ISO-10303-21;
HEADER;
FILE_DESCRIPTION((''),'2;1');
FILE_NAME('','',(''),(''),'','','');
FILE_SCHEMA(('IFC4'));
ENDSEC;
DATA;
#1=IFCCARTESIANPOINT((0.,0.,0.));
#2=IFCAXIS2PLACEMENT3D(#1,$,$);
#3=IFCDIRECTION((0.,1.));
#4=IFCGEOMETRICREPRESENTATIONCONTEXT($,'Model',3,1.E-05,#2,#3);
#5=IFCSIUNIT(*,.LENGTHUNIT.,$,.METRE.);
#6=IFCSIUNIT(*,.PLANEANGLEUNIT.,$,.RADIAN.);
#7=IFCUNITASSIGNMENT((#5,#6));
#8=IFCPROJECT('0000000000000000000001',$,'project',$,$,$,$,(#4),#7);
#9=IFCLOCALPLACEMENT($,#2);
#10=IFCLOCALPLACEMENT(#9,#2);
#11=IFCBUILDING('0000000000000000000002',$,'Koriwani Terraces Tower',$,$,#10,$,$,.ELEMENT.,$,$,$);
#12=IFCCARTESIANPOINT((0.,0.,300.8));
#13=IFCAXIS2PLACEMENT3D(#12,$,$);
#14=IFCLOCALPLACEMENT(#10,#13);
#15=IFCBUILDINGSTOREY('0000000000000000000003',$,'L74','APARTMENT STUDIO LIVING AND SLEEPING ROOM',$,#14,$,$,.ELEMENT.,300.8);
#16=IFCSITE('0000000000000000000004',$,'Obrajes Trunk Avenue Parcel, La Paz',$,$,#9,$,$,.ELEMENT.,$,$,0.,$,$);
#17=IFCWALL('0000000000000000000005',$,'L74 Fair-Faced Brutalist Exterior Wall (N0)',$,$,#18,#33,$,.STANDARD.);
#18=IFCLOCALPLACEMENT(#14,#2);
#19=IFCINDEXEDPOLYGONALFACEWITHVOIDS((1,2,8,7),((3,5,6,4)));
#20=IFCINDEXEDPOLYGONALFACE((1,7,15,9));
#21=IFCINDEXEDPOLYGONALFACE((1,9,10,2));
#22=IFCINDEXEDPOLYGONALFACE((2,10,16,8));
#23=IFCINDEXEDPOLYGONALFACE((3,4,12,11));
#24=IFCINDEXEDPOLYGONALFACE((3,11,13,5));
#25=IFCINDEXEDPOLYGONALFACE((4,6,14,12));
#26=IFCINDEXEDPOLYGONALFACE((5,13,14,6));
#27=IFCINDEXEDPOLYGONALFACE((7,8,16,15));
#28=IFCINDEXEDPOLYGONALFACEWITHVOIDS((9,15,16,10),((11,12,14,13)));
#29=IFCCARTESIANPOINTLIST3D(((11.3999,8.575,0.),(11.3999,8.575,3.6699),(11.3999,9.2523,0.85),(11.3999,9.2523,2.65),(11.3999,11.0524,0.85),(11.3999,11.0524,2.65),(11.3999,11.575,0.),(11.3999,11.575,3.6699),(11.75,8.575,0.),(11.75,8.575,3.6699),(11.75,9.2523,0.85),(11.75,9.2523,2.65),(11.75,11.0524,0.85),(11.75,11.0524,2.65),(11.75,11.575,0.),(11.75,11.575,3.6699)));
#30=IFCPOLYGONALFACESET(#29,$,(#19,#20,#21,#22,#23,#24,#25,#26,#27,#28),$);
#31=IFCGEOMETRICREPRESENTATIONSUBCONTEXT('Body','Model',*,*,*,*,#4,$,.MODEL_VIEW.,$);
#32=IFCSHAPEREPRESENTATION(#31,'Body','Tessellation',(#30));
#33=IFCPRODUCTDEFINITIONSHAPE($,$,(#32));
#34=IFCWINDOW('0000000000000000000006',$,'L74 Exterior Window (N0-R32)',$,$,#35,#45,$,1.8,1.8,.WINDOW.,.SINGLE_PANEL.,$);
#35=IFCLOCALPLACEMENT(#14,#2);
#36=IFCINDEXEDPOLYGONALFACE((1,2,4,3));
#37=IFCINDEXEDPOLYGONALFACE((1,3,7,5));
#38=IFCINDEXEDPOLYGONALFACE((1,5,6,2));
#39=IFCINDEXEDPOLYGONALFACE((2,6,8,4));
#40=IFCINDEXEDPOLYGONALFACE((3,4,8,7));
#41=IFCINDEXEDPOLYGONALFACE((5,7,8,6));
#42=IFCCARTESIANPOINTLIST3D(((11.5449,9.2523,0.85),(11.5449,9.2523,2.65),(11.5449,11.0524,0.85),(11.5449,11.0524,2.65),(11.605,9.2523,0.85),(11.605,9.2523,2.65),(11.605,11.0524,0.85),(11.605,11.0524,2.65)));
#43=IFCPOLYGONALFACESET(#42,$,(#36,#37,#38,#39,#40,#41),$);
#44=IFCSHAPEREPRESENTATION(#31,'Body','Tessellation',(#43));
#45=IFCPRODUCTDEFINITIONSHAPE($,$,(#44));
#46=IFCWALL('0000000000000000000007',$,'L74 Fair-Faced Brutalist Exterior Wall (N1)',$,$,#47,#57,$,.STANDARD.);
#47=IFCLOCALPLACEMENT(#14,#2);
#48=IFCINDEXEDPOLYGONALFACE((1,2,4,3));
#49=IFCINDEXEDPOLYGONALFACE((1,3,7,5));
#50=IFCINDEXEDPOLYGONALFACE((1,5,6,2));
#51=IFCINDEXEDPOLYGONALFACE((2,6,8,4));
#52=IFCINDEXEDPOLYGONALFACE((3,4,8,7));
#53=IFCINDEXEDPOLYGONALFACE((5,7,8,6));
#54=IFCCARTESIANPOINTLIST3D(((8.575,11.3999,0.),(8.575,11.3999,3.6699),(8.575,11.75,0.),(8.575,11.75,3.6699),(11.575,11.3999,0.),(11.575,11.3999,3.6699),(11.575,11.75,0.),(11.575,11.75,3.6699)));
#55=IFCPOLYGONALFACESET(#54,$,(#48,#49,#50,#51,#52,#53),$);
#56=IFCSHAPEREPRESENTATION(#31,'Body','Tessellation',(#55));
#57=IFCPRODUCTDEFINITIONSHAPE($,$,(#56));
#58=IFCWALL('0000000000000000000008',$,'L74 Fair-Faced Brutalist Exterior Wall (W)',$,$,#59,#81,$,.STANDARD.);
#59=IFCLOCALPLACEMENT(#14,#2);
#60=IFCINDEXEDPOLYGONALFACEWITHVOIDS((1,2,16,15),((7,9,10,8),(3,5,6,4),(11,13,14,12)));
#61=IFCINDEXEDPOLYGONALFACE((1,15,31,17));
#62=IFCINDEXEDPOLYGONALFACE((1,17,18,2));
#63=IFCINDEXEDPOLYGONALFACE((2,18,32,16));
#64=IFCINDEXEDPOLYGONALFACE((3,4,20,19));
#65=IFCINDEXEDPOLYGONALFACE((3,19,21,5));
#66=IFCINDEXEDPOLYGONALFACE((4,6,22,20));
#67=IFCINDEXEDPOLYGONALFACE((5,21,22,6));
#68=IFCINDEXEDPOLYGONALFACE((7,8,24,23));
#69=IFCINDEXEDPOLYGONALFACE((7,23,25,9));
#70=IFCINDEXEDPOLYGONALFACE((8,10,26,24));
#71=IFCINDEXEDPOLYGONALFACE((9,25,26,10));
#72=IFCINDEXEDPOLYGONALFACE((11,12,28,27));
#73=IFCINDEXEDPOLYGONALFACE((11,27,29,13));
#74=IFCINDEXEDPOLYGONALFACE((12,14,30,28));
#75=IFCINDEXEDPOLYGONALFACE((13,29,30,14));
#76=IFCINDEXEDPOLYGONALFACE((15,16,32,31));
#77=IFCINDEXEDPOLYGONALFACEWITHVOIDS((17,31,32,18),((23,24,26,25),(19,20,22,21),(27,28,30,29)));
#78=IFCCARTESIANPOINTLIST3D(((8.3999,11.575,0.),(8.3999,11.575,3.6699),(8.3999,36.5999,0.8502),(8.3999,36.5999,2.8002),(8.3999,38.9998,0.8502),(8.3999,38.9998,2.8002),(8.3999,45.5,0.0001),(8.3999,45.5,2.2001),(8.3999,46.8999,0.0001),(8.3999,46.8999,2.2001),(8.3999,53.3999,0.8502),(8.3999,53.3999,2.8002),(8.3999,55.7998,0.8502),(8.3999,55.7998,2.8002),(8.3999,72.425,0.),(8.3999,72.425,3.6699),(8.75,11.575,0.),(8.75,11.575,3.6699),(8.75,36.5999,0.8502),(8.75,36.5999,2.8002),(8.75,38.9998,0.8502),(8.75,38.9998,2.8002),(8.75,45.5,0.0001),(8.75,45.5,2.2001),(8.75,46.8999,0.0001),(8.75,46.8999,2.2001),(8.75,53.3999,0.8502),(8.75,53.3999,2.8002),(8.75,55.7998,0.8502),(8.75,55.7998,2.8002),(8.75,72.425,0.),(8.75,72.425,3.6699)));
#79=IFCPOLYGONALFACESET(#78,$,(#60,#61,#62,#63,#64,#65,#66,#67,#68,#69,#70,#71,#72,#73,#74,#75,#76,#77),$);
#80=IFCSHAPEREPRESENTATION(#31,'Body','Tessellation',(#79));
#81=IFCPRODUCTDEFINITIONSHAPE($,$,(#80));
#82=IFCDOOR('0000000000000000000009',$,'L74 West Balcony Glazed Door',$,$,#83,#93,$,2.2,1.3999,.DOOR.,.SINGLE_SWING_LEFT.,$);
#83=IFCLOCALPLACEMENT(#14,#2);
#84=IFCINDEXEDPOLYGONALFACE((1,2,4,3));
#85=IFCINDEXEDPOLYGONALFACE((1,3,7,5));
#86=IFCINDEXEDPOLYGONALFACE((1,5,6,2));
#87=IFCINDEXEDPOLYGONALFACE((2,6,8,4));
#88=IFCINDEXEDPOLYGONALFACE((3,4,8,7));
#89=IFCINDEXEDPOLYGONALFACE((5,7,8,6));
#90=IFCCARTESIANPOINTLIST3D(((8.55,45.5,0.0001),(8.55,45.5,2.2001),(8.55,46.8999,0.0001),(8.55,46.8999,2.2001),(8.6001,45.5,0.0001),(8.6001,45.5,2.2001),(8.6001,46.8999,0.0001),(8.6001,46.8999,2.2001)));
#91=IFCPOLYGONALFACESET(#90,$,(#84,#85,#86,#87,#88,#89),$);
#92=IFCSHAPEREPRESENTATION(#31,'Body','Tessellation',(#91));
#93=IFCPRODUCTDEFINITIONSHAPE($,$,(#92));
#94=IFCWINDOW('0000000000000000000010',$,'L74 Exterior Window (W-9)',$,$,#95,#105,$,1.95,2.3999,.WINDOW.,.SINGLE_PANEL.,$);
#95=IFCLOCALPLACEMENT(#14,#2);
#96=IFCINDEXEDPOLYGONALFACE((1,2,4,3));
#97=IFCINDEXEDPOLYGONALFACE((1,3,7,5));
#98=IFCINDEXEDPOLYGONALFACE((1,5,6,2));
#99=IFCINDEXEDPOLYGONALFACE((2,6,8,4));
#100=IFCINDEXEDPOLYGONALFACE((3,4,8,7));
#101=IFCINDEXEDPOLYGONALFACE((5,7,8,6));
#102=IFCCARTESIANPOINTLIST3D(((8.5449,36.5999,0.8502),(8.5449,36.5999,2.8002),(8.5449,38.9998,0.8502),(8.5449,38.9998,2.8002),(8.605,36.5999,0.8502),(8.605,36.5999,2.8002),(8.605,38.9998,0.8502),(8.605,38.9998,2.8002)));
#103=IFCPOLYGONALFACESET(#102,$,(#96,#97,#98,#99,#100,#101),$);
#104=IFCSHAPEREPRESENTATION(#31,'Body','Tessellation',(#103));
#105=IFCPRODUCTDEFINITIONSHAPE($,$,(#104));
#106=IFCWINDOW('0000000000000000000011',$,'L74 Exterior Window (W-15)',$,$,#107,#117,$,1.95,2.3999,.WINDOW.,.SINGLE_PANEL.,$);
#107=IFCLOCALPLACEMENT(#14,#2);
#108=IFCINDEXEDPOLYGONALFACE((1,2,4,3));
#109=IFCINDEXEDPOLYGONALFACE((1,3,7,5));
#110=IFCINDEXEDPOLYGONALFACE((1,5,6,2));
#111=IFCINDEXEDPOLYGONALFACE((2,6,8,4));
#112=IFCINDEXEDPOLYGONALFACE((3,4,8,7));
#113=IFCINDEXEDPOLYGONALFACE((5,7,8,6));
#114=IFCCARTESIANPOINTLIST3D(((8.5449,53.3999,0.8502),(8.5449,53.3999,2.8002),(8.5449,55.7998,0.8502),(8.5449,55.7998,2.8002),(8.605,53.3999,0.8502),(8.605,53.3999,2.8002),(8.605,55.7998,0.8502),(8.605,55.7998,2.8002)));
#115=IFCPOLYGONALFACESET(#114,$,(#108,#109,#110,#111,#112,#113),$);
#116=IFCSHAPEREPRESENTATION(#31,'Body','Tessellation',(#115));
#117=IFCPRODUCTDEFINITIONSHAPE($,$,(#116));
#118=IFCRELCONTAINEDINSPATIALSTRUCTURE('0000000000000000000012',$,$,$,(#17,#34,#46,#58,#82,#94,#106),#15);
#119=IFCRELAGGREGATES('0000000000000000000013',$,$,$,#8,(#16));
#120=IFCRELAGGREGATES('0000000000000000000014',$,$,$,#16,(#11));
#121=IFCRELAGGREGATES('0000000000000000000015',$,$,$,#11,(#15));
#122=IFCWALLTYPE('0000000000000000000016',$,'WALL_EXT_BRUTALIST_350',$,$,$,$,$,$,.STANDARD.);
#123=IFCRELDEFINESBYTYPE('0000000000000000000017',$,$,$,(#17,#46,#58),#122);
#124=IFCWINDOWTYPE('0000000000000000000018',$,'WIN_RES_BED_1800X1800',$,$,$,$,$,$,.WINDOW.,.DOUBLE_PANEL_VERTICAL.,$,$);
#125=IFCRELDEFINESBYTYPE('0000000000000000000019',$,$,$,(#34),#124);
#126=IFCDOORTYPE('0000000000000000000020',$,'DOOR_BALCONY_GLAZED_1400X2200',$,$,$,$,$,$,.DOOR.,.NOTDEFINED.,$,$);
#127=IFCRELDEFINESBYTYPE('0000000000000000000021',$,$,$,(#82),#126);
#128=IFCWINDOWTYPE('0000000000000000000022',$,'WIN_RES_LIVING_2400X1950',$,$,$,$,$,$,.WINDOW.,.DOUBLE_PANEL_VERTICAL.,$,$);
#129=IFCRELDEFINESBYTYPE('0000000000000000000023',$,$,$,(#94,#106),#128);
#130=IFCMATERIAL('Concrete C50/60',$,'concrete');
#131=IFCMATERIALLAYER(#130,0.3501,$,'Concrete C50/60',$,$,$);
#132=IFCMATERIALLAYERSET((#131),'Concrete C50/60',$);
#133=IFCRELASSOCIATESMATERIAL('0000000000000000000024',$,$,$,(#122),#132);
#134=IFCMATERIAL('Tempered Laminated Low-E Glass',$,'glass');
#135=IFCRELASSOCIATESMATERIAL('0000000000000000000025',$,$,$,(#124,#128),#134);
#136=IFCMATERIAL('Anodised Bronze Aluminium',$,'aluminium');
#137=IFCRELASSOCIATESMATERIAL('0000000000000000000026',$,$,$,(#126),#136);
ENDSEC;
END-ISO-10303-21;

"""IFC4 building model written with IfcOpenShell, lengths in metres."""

from ifc_helpers import new_model, si_unit, direction, frame, frame_2d, origin, place, context, subcontext, project, spatial, rectangle, extrude, material, layer, layer_set, type_object, element, fill, save


model = new_model("IFC4")

# Units and contexts
model_context = context("Model", 3, precision=1e-05, world=origin(), true_north=direction((0.0, 1.0)))
body_context = subcontext(model_context, "Body", "Model", "MODEL_VIEW")
ifc_project = project(units=[si_unit("LENGTHUNIT", "METRE"), si_unit("PLANEANGLEUNIT", "RADIAN")], contexts=[model_context])

# Site, building, storey
site_placement = place(None, origin())
site = spatial("IfcSite", under=ifc_project, at=site_placement, Name="Obrajes Trunk Avenue Parcel, La Paz", CompositionType="ELEMENT", RefElevation=0.0)
building_placement = place(site_placement, origin())
building = spatial("IfcBuilding", under=site, at=building_placement, Name="Koriwani Terraces Tower", CompositionType="ELEMENT")
storey_placement = place(building_placement, frame((0.0, 0.0, 300.8)))
storey = spatial("IfcBuildingStorey", under=building, at=storey_placement, Name="L74", Description="APARTMENT STUDIO LIVING AND SLEEPING ROOM", CompositionType="ELEMENT", Elevation=300.8)

# Shared definitions
ifc_material_1 = material(Name="Concrete C50/60", Category="concrete")

# Wall, opening, window
ifc_layer_1 = layer(ifc_material_1, 0.3501, Name="Concrete C50/60")
ifc_layer_set_1 = layer_set([ifc_layer_1], Name="Concrete C50/60")
wall_type_1 = type_object("IfcWallType", Name="WALL_EXT_BRUTALIST_350", PredefinedType="STANDARD", material=ifc_layer_set_1)
wall_1_placement = place(storey_placement, frame((11.575, 8.575, 0.0), z_axis=(0.0, 0.0, 1.0), x_axis=(0.0, 1.0, 0.0)))
wall_1 = element("IfcWall", 1, at=wall_1_placement, inside=storey, type_object=wall_type_1, Name="L74 Fair-Faced Brutalist Exterior Wall (N0)", PredefinedType="STANDARD", context=body_context, shape_type="SweptSolid", body=[
    extrude(rectangle(XDim=3.0, YDim=0.3501, at=frame_2d((1.5, 0.0))), origin(), (0.0, 0.0, 1.0), 3.6699),
])
opening_1_placement = place(wall_1_placement, frame((0.6775, 0.0, 0.8501)))
opening_1 = element("IfcOpeningElement", 2, at=opening_1_placement, cuts=wall_1, PredefinedType="OPENING", context=body_context, shape_type="SweptSolid", body=[
    extrude(rectangle(XDim=1.8, YDim=1.8, at=frame_2d((0.8999, 0.8999))), frame((0.0, 0.1851, 0.0), z_axis=(0.0, -1.0, 0.0), x_axis=(1.0, 0.0, 0.0)), (0.0, 0.0, 1.0), 0.3701),
])
ifc_material_2 = material(Name="Tempered Laminated Low-E Glass", Category="glass")
window_type_1 = type_object("IfcWindowType", Name="WIN_RES_BED_1800X1800", PartitioningType="DOUBLE_PANEL_VERTICAL", PredefinedType="WINDOW", material=ifc_material_2)
window_1_placement = place(opening_1_placement, origin())
window_1 = element("IfcWindow", 3, at=window_1_placement, inside=storey, type_object=window_type_1, Name="L74 Exterior Window (N0-R32)", OverallHeight=1.8, OverallWidth=1.8, PartitioningType="SINGLE_PANEL", PredefinedType="WINDOW", context=body_context, shape_type="SweptSolid", body=[
    extrude(rectangle(XDim=1.8, YDim=1.8, at=frame_2d((0.8999, 0.8999))), frame((0.0, 0.03, 0.0), z_axis=(0.0, -1.0, 0.0), x_axis=(1.0, 0.0, 0.0)), (0.0, 0.0, 1.0), 0.0601),
])
fill(opening_1, window_1)

# Wall
wall_2_placement = place(storey_placement, frame((11.575, 11.575, 0.0), z_axis=(0.0, 0.0, 1.0), x_axis=(-1.0, 0.0, 0.0)))
element("IfcWall", 4, at=wall_2_placement, inside=storey, type_object=wall_type_1, Name="L74 Fair-Faced Brutalist Exterior Wall (N1)", PredefinedType="STANDARD", context=body_context, shape_type="SweptSolid", body=[
    extrude(rectangle(XDim=3.0, YDim=0.3501, at=frame_2d((1.5, 0.0))), origin(), (0.0, 0.0, 1.0), 3.6699),
])

# Wall, openings, door, windows
wall_3_placement = place(storey_placement, frame((8.575, 11.575, 0.0), z_axis=(0.0, 0.0, 1.0), x_axis=(0.0, 1.0, 0.0)))
wall_3 = element("IfcWall", 5, at=wall_3_placement, inside=storey, type_object=wall_type_1, Name="L74 Fair-Faced Brutalist Exterior Wall (W)", PredefinedType="STANDARD", context=body_context, shape_type="SweptSolid", body=[
    extrude(rectangle(XDim=60.8501, YDim=0.3501, at=frame_2d((30.425, 0.0))), origin(), (0.0, 0.0, 1.0), 3.6699),
])
opening_2_placement = place(wall_3_placement, frame((33.925, 0.0, 0.0)))
opening_2 = element("IfcOpeningElement", 6, at=opening_2_placement, cuts=wall_3, PredefinedType="OPENING", context=body_context, shape_type="SweptSolid", body=[
    extrude(rectangle(XDim=1.3999, YDim=2.2, at=frame_2d((0.7, 1.1001))), frame((0.0, 0.1851, 0.0), z_axis=(0.0, -1.0, 0.0), x_axis=(1.0, 0.0, 0.0)), (0.0, 0.0, 1.0), 0.3701),
])
opening_3_placement = place(wall_3_placement, frame((25.0249, 0.0, 0.8501)))
opening_3 = element("IfcOpeningElement", 7, at=opening_3_placement, cuts=wall_3, PredefinedType="OPENING", context=body_context, shape_type="SweptSolid", body=[
    extrude(rectangle(XDim=2.3999, YDim=1.95, at=frame_2d((1.2, 0.9751))), frame((0.0, 0.1851, 0.0), z_axis=(0.0, -1.0, 0.0), x_axis=(1.0, 0.0, 0.0)), (0.0, 0.0, 1.0), 0.3701),
])
opening_4_placement = place(wall_3_placement, frame((41.825, 0.0, 0.8501)))
opening_4 = element("IfcOpeningElement", 8, at=opening_4_placement, cuts=wall_3, PredefinedType="OPENING", context=body_context, shape_type="SweptSolid", body=[
    extrude(rectangle(XDim=2.3999, YDim=1.95, at=frame_2d((1.2, 0.9751))), frame((0.0, 0.1851, 0.0), z_axis=(0.0, -1.0, 0.0), x_axis=(1.0, 0.0, 0.0)), (0.0, 0.0, 1.0), 0.3701),
])
ifc_material_3 = material(Name="Anodised Bronze Aluminium", Category="aluminium")
door_type = type_object("IfcDoorType", Name="DOOR_BALCONY_GLAZED_1400X2200", OperationType="NOTDEFINED", PredefinedType="DOOR", material=ifc_material_3)
door_placement = place(opening_2_placement, origin())
door = element("IfcDoor", 9, at=door_placement, inside=storey, type_object=door_type, Name="L74 West Balcony Glazed Door", OperationType="SINGLE_SWING_LEFT", OverallHeight=2.2, OverallWidth=1.3999, PredefinedType="DOOR", context=body_context, shape_type="SweptSolid", body=[
    extrude(rectangle(XDim=1.3999, YDim=2.2, at=frame_2d((0.7, 1.1001))), frame((0.0, 0.0249, 0.0), z_axis=(0.0, -1.0, 0.0), x_axis=(1.0, 0.0, 0.0)), (0.0, 0.0, 1.0), 0.05),
])
fill(opening_2, door)
window_type_2 = type_object("IfcWindowType", Name="WIN_RES_LIVING_2400X1950", PartitioningType="DOUBLE_PANEL_VERTICAL", PredefinedType="WINDOW", material=ifc_material_2)
window_2_placement = place(opening_3_placement, origin())
window_2 = element("IfcWindow", 10, at=window_2_placement, inside=storey, type_object=window_type_2, Name="L74 Exterior Window (W-9)", OverallHeight=1.95, OverallWidth=2.3999, PartitioningType="SINGLE_PANEL", PredefinedType="WINDOW", context=body_context, shape_type="SweptSolid", body=[
    extrude(rectangle(XDim=2.3999, YDim=1.95, at=frame_2d((1.2, 0.9751))), frame((0.0, 0.03, 0.0), z_axis=(0.0, -1.0, 0.0), x_axis=(1.0, 0.0, 0.0)), (0.0, 0.0, 1.0), 0.0601),
])
fill(opening_3, window_2)
window_3_placement = place(opening_4_placement, origin())
window_3 = element("IfcWindow", 11, at=window_3_placement, inside=storey, type_object=window_type_2, Name="L74 Exterior Window (W-15)", OverallHeight=1.95, OverallWidth=2.3999, PartitioningType="SINGLE_PANEL", PredefinedType="WINDOW", context=body_context, shape_type="SweptSolid", body=[
    extrude(rectangle(XDim=2.3999, YDim=1.95, at=frame_2d((1.2, 0.9751))), frame((0.0, 0.03, 0.0), z_axis=(0.0, -1.0, 0.0), x_axis=(1.0, 0.0, 0.0)), (0.0, 0.0, 1.0), 0.0601),
])
fill(opening_4, window_3)

save(model, "model.ifc")
